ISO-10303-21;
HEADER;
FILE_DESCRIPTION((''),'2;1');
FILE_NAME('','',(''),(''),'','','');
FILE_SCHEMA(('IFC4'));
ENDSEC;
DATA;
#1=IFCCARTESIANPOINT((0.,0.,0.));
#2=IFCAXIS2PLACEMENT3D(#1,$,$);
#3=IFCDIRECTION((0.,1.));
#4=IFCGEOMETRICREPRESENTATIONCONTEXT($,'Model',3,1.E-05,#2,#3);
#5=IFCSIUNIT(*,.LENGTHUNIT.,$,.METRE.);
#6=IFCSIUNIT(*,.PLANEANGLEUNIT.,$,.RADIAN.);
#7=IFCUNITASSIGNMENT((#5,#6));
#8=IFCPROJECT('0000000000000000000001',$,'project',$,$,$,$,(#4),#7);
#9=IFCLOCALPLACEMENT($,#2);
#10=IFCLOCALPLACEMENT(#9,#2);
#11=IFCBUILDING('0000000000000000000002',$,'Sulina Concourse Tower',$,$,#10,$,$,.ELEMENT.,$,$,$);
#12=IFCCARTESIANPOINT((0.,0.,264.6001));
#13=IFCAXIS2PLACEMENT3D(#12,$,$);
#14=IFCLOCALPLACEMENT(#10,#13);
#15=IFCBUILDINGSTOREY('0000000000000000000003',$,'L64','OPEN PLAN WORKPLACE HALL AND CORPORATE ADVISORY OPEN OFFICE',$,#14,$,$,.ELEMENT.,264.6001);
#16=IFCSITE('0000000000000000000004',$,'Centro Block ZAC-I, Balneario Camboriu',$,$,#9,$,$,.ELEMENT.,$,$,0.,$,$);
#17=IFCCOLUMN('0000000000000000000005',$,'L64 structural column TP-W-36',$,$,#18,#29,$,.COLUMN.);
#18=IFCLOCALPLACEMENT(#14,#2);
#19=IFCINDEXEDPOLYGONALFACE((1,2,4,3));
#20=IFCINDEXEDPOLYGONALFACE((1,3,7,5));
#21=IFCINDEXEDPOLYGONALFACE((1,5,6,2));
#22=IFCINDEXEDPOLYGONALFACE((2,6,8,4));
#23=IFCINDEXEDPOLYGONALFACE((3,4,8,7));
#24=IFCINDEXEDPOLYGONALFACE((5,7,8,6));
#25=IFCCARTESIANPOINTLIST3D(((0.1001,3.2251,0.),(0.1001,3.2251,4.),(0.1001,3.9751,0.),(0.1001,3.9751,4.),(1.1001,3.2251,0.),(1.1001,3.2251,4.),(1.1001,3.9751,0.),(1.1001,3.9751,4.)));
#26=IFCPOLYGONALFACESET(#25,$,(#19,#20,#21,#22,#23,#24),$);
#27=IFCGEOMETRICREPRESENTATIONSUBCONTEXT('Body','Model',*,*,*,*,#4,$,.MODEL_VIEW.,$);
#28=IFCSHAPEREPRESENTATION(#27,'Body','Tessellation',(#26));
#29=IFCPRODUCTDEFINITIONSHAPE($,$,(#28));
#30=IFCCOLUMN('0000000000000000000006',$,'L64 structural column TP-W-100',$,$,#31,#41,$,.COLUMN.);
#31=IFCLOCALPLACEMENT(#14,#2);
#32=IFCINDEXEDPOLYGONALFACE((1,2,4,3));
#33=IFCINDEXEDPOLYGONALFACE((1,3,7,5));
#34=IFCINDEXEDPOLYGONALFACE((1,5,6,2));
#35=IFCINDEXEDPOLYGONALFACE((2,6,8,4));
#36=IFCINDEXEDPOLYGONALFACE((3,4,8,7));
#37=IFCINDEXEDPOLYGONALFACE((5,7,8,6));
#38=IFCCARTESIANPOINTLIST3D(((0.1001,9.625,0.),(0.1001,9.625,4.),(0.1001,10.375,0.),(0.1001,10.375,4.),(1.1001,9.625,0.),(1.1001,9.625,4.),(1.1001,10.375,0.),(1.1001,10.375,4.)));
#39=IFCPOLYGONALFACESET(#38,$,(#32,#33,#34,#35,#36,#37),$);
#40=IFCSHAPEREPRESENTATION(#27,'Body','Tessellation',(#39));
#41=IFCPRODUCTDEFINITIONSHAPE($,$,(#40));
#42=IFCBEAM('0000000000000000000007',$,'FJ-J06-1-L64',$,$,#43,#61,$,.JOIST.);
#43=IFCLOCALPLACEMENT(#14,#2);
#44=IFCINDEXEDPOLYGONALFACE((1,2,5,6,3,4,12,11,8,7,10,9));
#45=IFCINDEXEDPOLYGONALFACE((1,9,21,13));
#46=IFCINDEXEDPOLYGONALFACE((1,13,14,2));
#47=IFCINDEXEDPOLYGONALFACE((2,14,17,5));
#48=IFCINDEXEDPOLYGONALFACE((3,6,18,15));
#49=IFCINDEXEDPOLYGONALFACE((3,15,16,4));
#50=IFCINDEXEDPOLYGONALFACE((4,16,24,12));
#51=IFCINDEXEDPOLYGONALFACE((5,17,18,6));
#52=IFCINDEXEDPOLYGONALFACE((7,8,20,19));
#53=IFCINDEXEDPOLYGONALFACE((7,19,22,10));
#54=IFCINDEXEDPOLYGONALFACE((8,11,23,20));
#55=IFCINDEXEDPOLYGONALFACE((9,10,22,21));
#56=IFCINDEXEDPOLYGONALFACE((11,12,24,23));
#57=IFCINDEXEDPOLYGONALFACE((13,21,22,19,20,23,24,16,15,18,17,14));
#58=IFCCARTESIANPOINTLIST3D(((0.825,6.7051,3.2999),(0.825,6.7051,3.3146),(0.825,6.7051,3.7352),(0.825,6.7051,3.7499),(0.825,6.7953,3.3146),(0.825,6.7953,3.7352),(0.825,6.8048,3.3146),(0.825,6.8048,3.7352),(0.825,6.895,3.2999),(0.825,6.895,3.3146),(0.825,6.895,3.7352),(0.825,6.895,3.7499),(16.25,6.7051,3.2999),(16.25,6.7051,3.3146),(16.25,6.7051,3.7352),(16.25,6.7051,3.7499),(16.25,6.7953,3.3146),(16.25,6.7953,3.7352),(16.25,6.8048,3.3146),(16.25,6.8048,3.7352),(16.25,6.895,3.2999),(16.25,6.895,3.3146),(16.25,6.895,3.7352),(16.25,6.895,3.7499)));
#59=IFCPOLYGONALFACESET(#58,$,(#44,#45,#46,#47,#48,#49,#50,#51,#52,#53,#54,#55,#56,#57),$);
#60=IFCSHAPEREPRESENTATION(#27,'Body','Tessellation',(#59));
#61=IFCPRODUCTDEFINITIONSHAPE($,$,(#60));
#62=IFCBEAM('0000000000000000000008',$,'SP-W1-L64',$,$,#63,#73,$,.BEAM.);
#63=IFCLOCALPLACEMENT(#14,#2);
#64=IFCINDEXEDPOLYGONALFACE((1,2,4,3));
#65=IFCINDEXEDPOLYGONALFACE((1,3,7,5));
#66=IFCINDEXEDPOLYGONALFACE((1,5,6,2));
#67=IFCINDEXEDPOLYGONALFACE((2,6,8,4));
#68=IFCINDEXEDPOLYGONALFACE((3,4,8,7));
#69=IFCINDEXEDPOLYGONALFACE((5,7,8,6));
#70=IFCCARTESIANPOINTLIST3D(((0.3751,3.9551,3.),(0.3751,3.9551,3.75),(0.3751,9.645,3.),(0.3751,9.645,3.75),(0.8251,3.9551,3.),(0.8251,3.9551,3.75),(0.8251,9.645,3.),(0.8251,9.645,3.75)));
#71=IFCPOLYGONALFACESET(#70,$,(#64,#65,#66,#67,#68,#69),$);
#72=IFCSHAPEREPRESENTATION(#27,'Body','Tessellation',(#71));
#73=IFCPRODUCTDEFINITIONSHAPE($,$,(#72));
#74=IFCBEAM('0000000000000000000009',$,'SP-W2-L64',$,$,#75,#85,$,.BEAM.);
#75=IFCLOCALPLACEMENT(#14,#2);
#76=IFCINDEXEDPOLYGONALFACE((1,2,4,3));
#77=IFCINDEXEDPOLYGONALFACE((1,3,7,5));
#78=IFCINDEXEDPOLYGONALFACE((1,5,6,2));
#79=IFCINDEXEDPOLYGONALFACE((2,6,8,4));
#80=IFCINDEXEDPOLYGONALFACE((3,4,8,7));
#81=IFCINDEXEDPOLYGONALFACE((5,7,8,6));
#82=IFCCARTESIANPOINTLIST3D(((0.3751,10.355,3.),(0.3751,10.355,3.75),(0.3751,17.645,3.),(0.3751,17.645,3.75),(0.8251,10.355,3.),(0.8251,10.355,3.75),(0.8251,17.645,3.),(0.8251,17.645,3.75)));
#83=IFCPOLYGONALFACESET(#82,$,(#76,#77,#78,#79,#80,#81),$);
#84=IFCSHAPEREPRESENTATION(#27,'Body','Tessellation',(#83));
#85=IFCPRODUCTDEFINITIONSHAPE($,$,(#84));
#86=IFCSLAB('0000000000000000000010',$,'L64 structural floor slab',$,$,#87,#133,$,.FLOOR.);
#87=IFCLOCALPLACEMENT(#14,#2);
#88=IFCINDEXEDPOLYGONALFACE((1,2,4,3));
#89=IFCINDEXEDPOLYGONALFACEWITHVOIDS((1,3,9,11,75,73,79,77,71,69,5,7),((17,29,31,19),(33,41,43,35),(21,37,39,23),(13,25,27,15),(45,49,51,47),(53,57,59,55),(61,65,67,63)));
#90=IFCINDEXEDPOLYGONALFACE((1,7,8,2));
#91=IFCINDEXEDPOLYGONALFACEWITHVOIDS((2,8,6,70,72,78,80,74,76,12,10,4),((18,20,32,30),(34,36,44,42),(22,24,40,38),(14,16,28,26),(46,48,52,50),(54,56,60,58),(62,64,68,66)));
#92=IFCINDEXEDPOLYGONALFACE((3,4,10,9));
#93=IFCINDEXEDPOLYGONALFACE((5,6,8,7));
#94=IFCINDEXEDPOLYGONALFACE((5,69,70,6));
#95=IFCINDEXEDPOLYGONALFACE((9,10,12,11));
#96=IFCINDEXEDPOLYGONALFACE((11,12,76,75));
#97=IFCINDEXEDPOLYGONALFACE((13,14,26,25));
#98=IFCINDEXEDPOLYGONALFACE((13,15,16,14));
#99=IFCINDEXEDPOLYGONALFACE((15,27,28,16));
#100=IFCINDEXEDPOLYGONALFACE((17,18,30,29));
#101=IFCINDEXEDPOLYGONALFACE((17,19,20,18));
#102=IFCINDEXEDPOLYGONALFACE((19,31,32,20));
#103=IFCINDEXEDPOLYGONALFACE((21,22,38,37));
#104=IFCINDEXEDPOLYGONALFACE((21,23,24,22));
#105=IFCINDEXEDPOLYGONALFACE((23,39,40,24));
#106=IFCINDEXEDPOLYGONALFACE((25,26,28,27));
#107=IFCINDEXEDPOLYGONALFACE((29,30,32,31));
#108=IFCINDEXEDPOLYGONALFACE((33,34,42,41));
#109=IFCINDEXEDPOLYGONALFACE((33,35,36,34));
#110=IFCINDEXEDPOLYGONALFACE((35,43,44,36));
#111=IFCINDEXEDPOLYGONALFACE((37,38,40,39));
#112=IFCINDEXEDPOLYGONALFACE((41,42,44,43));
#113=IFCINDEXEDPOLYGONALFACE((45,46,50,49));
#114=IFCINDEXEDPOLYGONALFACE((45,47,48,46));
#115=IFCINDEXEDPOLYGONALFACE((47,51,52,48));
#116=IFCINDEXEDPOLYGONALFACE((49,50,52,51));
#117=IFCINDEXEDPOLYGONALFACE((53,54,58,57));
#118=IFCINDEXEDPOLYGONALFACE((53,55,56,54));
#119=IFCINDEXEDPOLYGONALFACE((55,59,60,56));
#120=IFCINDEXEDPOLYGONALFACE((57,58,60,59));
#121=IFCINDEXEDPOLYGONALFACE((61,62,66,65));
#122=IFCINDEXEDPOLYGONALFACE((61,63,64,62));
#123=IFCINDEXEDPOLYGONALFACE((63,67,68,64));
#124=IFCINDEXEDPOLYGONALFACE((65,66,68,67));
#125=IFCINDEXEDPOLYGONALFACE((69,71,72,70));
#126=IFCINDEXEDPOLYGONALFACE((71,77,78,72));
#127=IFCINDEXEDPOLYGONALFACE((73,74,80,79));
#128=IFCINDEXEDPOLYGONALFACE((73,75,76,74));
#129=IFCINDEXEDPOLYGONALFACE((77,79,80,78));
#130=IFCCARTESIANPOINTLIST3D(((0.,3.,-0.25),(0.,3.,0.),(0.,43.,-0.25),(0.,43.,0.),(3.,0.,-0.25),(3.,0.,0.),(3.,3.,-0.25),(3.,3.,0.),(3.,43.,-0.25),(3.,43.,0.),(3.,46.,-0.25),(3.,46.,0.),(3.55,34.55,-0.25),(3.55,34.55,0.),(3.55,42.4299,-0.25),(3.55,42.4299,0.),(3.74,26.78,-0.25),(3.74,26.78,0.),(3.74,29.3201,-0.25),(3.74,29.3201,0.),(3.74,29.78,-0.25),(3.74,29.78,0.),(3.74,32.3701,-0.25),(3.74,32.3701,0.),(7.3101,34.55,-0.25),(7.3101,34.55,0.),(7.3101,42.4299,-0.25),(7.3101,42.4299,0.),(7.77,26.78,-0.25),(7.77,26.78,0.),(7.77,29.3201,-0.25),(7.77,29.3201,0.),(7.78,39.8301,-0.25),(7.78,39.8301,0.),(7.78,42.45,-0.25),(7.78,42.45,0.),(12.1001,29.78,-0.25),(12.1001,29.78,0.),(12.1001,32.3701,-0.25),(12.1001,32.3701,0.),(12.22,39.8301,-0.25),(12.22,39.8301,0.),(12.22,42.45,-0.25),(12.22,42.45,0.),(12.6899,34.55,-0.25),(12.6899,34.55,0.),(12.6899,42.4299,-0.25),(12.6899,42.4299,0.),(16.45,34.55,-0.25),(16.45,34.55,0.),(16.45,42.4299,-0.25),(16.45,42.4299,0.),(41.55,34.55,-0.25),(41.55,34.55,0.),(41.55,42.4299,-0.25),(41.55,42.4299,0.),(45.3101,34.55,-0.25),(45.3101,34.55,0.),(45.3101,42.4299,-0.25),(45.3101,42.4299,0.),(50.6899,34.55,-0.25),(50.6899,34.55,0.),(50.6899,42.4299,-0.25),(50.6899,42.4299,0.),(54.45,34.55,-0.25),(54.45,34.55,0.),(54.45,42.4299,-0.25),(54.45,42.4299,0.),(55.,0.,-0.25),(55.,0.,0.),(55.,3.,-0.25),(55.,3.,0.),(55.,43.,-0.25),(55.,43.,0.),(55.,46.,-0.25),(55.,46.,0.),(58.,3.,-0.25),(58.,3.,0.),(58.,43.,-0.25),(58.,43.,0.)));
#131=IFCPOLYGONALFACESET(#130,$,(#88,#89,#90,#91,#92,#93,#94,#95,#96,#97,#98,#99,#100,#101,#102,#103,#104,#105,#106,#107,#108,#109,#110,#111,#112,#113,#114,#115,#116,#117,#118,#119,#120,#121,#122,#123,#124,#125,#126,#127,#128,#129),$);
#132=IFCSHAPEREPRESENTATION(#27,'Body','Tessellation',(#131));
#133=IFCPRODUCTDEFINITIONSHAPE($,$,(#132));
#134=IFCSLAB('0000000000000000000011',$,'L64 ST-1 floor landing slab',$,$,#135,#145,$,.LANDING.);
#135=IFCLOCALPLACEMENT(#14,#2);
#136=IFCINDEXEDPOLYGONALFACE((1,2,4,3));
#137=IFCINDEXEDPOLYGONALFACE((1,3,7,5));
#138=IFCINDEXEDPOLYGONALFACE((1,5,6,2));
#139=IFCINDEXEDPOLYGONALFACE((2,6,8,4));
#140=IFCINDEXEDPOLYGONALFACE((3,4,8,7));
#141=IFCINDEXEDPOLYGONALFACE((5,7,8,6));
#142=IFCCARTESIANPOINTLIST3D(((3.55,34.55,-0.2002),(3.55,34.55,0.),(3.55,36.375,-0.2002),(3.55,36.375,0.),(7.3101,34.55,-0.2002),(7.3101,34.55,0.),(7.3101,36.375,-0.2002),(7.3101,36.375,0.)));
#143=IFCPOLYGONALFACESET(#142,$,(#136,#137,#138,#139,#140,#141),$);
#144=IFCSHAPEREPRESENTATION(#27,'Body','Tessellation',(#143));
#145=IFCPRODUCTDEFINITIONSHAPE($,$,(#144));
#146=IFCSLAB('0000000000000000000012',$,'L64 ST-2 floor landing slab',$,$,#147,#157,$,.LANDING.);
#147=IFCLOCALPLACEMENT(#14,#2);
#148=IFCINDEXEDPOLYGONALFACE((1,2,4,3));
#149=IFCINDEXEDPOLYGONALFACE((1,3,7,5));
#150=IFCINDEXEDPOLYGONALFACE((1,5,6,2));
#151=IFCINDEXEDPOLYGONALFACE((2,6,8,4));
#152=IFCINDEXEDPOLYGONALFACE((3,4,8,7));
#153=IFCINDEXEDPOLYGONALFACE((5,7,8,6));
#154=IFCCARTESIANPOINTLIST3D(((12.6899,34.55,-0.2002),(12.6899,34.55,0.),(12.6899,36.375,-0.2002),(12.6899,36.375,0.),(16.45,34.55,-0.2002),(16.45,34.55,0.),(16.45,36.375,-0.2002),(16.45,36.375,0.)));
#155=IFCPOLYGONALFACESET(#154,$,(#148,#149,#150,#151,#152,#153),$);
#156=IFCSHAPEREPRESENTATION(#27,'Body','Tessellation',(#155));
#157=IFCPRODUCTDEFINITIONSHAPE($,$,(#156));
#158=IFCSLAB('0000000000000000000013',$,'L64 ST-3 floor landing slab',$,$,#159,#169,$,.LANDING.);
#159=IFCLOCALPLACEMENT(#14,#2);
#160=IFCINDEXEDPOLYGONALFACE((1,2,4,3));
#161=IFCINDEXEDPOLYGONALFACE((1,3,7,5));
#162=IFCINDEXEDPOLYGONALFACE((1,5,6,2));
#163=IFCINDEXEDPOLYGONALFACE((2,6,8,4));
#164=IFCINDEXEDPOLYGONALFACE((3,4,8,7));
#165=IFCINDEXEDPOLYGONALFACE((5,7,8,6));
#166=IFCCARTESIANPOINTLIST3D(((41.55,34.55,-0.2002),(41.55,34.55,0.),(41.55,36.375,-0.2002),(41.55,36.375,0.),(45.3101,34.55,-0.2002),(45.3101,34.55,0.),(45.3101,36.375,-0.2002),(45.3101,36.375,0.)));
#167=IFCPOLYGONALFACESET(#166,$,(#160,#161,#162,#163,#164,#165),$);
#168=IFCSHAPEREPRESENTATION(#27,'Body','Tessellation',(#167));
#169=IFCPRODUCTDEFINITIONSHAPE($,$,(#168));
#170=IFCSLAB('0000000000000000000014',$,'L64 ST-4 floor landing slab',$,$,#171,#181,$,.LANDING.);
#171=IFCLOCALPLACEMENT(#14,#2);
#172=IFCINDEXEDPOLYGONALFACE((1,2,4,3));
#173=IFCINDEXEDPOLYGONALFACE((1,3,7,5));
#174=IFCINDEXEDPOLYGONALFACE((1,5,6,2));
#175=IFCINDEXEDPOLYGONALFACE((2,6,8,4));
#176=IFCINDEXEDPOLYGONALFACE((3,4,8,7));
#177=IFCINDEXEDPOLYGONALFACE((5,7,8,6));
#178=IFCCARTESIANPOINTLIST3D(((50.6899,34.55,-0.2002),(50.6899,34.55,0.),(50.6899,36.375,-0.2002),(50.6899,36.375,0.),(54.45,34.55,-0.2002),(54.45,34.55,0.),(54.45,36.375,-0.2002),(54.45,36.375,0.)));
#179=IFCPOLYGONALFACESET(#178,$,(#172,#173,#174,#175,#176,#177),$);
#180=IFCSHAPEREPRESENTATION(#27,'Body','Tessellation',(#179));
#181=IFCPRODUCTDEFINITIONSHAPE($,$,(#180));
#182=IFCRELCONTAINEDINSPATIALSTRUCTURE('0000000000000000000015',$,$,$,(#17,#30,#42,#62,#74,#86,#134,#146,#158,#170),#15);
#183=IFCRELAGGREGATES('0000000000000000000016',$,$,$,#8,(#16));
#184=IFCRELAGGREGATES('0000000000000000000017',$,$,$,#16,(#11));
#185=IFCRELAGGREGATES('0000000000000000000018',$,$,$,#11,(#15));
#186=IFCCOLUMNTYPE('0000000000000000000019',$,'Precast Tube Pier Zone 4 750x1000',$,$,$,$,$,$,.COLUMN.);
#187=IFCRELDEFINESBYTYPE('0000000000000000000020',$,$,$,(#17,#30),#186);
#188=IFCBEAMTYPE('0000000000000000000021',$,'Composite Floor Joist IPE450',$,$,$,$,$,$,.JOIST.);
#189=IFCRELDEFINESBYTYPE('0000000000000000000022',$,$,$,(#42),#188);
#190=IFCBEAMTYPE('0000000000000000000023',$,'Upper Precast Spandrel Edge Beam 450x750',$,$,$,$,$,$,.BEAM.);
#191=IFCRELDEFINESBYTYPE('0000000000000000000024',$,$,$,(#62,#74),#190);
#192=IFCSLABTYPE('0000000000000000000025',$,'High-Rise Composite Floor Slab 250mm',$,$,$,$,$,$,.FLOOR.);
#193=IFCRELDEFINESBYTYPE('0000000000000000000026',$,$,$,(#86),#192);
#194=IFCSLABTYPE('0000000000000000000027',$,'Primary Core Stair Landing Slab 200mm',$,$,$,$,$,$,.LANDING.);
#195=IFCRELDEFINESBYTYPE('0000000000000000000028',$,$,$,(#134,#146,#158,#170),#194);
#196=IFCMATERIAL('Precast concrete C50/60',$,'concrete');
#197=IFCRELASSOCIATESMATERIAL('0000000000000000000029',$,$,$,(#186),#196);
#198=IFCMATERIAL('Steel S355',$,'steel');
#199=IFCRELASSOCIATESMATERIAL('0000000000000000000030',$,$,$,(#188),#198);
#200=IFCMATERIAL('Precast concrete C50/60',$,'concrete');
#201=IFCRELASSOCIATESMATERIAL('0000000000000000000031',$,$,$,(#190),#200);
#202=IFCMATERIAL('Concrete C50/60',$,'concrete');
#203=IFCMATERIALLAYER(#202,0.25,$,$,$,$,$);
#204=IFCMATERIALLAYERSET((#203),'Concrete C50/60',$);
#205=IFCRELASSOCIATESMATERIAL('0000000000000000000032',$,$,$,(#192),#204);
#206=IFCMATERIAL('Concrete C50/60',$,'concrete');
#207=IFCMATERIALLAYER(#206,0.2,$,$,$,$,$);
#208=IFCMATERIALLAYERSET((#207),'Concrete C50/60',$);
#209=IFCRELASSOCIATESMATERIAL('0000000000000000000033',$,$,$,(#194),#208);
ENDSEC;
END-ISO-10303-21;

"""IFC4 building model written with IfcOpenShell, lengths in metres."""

from ifc_helpers import new_model, si_unit, direction, frame, origin, origin_2d, place, context, subcontext, project, spatial, polyline, rectangle, i_section, outline, extrude, material, layer, layer_set, material_profile, profile_set, type_object, element, save


model = new_model("IFC4")

# Units and contexts
model_context = context("Model", 3, precision=1e-05, world=origin(), true_north=direction((0.0, 1.0)))
body_context = subcontext(model_context, "Body", "Model", "MODEL_VIEW")
ifc_project = project(units=[si_unit("LENGTHUNIT", "METRE"), si_unit("PLANEANGLEUNIT", "RADIAN")], contexts=[model_context])

# Site, building, storey
site_placement = place(None, origin())
site = spatial("IfcSite", under=ifc_project, at=site_placement, Name="Centro Block ZAC-I, Balneario Camboriu", CompositionType="ELEMENT", RefElevation=0.0)
building_placement = place(site_placement, origin())
building = spatial("IfcBuilding", under=site, at=building_placement, Name="Sulina Concourse Tower", CompositionType="ELEMENT")
storey_placement = place(building_placement, frame((0.0, 0.0, 264.6001)))
storey = spatial("IfcBuildingStorey", under=building, at=storey_placement, Name="L64", Description="OPEN PLAN WORKPLACE HALL AND CORPORATE ADVISORY OPEN OFFICE", CompositionType="ELEMENT", Elevation=264.6001)

# Columns
ifc_material_1 = material(Name="Precast concrete C50/60", Category="concrete")
ifc_material_profile_1 = material_profile(ifc_material_1, rectangle(XDim=0.75, YDim=1.0, at=origin_2d()), Name="PC 750x1000")
ifc_profile_set_1 = profile_set([ifc_material_profile_1], Name="Precast concrete C50/60")
column_type = type_object("IfcColumnType", Name="Precast Tube Pier Zone 4 750x1000", PredefinedType="COLUMN", material=ifc_profile_set_1)
for number, where, z_axis, x_axis, name in (
    (1, (0.6001, 3.6001, 0.0), (0.0, 0.0, 1.0), (0.0, 1.0, 0.0), "L64 structural column TP-W-36"),
    (2, (0.6001, 10.0, 0.0), (0.0, 0.0, 1.0), (0.0, 1.0, 0.0), "L64 structural column TP-W-100"),
):
    element("IfcColumn", number, at=place(storey_placement, frame(where, z_axis=z_axis, x_axis=x_axis)), inside=storey, type_object=column_type, Name=name, PredefinedType="COLUMN", context=body_context, shape_type="SweptSolid", body=[
        extrude(rectangle(XDim=0.75, YDim=1.0, at=origin_2d()), origin(), (0.0, 0.0, 1.0), 4.0),
    ])

# Beams
ifc_material_2 = material(Name="Steel S355", Category="steel")
ifc_material_profile_2 = material_profile(ifc_material_2, i_section(OverallWidth=0.1899, OverallDepth=0.45, WebThickness=0.0095, FlangeThickness=0.0146, at=origin_2d()), Name="IPE 450")
ifc_profile_set_2 = profile_set([ifc_material_profile_2], Name="Steel S355")
beam_type_1 = type_object("IfcBeamType", Name="Composite Floor Joist IPE450", PredefinedType="JOIST", material=ifc_profile_set_2)
beam_1_placement = place(storey_placement, frame((0.825, 6.8, 3.5249), z_axis=(1.0, 0.0, 0.0), x_axis=(0.0, 1.0, 0.0)))
element("IfcBeam", 3, at=beam_1_placement, inside=storey, type_object=beam_type_1, Name="FJ-J06-1-L64", PredefinedType="JOIST", context=body_context, shape_type="SweptSolid", body=[
    extrude(i_section(OverallWidth=0.1899, OverallDepth=0.45, WebThickness=0.0095, FlangeThickness=0.0146, at=origin_2d()), origin(), (0.0, 0.0, 1.0), 15.425),
])
ifc_material_3 = material(Name="Precast concrete C50/60", Category="concrete")
ifc_material_profile_3 = material_profile(ifc_material_3, rectangle(XDim=0.45, YDim=0.75, at=origin_2d()), Name="RC 450x750")
ifc_profile_set_3 = profile_set([ifc_material_profile_3], Name="Precast concrete C50/60")
beam_type_2 = type_object("IfcBeamType", Name="Upper Precast Spandrel Edge Beam 450x750", PredefinedType="BEAM", material=ifc_profile_set_3)
beam_2_placement = place(storey_placement, frame((0.6001, 3.9551, 3.375), z_axis=(0.0, 1.0, 0.0), x_axis=(-1.0, 0.0, 0.0)))
element("IfcBeam", 4, at=beam_2_placement, inside=storey, type_object=beam_type_2, Name="SP-W1-L64", PredefinedType="BEAM", context=body_context, shape_type="SweptSolid", body=[
    extrude(rectangle(XDim=0.45, YDim=0.75, at=origin_2d()), origin(), (0.0, 0.0, 1.0), 5.6899),
])
beam_3_placement = place(storey_placement, frame((0.6001, 10.355, 3.375), z_axis=(0.0, 1.0, 0.0), x_axis=(-1.0, 0.0, 0.0)))
element("IfcBeam", 5, at=beam_3_placement, inside=storey, type_object=beam_type_2, Name="SP-W2-L64", PredefinedType="BEAM", context=body_context, shape_type="SweptSolid", body=[
    extrude(rectangle(XDim=0.45, YDim=0.75, at=origin_2d()), origin(), (0.0, 0.0, 1.0), 7.29),
])

# Slabs
ifc_material_4 = material(Name="Concrete C50/60", Category="concrete")
ifc_layer_1 = layer(ifc_material_4, 0.25)
ifc_layer_set_1 = layer_set([ifc_layer_1], Name="Concrete C50/60")
slab_type_1 = type_object("IfcSlabType", Name="High-Rise Composite Floor Slab 250mm", PredefinedType="FLOOR", material=ifc_layer_set_1)
slab_1_placement = place(storey_placement, frame((0.0, 0.0, -0.25)))
element("IfcSlab", 6, at=slab_1_placement, inside=storey, type_object=slab_type_1, Name="L64 structural floor slab", PredefinedType="FLOOR", context=body_context, shape_type="SweptSolid", body=[
    extrude(outline(polyline([(3.0, 0.0), (55.0, 0.0), (55.0, 3.0), (58.0, 3.0), (58.0, 43.0), (55.0, 43.0), (55.0, 46.0), (3.0, 46.0), (3.0, 43.0), (0.0, 43.0), (0.0, 3.0), (3.0, 3.0), (3.0, 0.0)]), holes=[polyline([(7.3101, 34.55), (7.3101, 42.4299), (3.55, 42.4299), (3.55, 34.55), (7.3101, 34.55)]), polyline([(16.45, 34.55), (16.45, 42.4299), (12.6899, 42.4299), (12.6899, 34.55), (16.45, 34.55)]), polyline([(45.3101, 34.55), (45.3101, 42.4299), (41.55, 42.4299), (41.55, 34.55), (45.3101, 34.55)]), polyline([(54.45, 34.55), (54.45, 42.4299), (50.6899, 42.4299), (50.6899, 34.55), (54.45, 34.55)]), polyline([(7.78, 39.8301), (12.22, 39.8301), (12.22, 42.45), (7.78, 42.45), (7.78, 39.8301)]), polyline([(3.74, 26.78), (7.77, 26.78), (7.77, 29.3201), (3.74, 29.3201), (3.74, 26.78)]), polyline([(3.74, 29.78), (12.1001, 29.78), (12.1001, 32.3701), (3.74, 32.3701), (3.74, 29.78)])]), origin(), (0.0, 0.0, 1.0), 0.25),
])
ifc_material_5 = material(Name="Concrete C50/60", Category="concrete")
ifc_layer_2 = layer(ifc_material_5, 0.2)
ifc_layer_set_2 = layer_set([ifc_layer_2], Name="Concrete C50/60")
slab_type_2 = type_object("IfcSlabType", Name="Primary Core Stair Landing Slab 200mm", PredefinedType="LANDING", material=ifc_layer_set_2)
slab_2_placement = place(storey_placement, frame((0.0, 0.0, -0.2002)))
element("IfcSlab", 7, at=slab_2_placement, inside=storey, type_object=slab_type_2, Name="L64 ST-1 floor landing slab", PredefinedType="LANDING", context=body_context, shape_type="SweptSolid", body=[
    extrude(outline(polyline([(7.3101, 34.55), (7.3101, 36.375), (3.55, 36.375), (3.55, 34.55), (7.3101, 34.55)])), origin(), (0.0, 0.0, 1.0), 0.2002),
])
slab_3_placement = place(storey_placement, frame((0.0, 0.0, -0.2002)))
element("IfcSlab", 8, at=slab_3_placement, inside=storey, type_object=slab_type_2, Name="L64 ST-2 floor landing slab", PredefinedType="LANDING", context=body_context, shape_type="SweptSolid", body=[
    extrude(outline(polyline([(16.45, 34.55), (16.45, 36.375), (12.6899, 36.375), (12.6899, 34.55), (16.45, 34.55)])), origin(), (0.0, 0.0, 1.0), 0.2002),
])
slab_4_placement = place(storey_placement, frame((0.0, 0.0, -0.2002)))
element("IfcSlab", 9, at=slab_4_placement, inside=storey, type_object=slab_type_2, Name="L64 ST-3 floor landing slab", PredefinedType="LANDING", context=body_context, shape_type="SweptSolid", body=[
    extrude(outline(polyline([(45.3101, 34.55), (45.3101, 36.375), (41.55, 36.375), (41.55, 34.55), (45.3101, 34.55)])), origin(), (0.0, 0.0, 1.0), 0.2002),
])
slab_5_placement = place(storey_placement, frame((0.0, 0.0, -0.2002)))
element("IfcSlab", 10, at=slab_5_placement, inside=storey, type_object=slab_type_2, Name="L64 ST-4 floor landing slab", PredefinedType="LANDING", context=body_context, shape_type="SweptSolid", body=[
    extrude(outline(polyline([(54.45, 34.55), (54.45, 36.375), (50.6899, 36.375), (50.6899, 34.55), (54.45, 34.55)])), origin(), (0.0, 0.0, 1.0), 0.2002),
])

save(model, "model.ifc")
